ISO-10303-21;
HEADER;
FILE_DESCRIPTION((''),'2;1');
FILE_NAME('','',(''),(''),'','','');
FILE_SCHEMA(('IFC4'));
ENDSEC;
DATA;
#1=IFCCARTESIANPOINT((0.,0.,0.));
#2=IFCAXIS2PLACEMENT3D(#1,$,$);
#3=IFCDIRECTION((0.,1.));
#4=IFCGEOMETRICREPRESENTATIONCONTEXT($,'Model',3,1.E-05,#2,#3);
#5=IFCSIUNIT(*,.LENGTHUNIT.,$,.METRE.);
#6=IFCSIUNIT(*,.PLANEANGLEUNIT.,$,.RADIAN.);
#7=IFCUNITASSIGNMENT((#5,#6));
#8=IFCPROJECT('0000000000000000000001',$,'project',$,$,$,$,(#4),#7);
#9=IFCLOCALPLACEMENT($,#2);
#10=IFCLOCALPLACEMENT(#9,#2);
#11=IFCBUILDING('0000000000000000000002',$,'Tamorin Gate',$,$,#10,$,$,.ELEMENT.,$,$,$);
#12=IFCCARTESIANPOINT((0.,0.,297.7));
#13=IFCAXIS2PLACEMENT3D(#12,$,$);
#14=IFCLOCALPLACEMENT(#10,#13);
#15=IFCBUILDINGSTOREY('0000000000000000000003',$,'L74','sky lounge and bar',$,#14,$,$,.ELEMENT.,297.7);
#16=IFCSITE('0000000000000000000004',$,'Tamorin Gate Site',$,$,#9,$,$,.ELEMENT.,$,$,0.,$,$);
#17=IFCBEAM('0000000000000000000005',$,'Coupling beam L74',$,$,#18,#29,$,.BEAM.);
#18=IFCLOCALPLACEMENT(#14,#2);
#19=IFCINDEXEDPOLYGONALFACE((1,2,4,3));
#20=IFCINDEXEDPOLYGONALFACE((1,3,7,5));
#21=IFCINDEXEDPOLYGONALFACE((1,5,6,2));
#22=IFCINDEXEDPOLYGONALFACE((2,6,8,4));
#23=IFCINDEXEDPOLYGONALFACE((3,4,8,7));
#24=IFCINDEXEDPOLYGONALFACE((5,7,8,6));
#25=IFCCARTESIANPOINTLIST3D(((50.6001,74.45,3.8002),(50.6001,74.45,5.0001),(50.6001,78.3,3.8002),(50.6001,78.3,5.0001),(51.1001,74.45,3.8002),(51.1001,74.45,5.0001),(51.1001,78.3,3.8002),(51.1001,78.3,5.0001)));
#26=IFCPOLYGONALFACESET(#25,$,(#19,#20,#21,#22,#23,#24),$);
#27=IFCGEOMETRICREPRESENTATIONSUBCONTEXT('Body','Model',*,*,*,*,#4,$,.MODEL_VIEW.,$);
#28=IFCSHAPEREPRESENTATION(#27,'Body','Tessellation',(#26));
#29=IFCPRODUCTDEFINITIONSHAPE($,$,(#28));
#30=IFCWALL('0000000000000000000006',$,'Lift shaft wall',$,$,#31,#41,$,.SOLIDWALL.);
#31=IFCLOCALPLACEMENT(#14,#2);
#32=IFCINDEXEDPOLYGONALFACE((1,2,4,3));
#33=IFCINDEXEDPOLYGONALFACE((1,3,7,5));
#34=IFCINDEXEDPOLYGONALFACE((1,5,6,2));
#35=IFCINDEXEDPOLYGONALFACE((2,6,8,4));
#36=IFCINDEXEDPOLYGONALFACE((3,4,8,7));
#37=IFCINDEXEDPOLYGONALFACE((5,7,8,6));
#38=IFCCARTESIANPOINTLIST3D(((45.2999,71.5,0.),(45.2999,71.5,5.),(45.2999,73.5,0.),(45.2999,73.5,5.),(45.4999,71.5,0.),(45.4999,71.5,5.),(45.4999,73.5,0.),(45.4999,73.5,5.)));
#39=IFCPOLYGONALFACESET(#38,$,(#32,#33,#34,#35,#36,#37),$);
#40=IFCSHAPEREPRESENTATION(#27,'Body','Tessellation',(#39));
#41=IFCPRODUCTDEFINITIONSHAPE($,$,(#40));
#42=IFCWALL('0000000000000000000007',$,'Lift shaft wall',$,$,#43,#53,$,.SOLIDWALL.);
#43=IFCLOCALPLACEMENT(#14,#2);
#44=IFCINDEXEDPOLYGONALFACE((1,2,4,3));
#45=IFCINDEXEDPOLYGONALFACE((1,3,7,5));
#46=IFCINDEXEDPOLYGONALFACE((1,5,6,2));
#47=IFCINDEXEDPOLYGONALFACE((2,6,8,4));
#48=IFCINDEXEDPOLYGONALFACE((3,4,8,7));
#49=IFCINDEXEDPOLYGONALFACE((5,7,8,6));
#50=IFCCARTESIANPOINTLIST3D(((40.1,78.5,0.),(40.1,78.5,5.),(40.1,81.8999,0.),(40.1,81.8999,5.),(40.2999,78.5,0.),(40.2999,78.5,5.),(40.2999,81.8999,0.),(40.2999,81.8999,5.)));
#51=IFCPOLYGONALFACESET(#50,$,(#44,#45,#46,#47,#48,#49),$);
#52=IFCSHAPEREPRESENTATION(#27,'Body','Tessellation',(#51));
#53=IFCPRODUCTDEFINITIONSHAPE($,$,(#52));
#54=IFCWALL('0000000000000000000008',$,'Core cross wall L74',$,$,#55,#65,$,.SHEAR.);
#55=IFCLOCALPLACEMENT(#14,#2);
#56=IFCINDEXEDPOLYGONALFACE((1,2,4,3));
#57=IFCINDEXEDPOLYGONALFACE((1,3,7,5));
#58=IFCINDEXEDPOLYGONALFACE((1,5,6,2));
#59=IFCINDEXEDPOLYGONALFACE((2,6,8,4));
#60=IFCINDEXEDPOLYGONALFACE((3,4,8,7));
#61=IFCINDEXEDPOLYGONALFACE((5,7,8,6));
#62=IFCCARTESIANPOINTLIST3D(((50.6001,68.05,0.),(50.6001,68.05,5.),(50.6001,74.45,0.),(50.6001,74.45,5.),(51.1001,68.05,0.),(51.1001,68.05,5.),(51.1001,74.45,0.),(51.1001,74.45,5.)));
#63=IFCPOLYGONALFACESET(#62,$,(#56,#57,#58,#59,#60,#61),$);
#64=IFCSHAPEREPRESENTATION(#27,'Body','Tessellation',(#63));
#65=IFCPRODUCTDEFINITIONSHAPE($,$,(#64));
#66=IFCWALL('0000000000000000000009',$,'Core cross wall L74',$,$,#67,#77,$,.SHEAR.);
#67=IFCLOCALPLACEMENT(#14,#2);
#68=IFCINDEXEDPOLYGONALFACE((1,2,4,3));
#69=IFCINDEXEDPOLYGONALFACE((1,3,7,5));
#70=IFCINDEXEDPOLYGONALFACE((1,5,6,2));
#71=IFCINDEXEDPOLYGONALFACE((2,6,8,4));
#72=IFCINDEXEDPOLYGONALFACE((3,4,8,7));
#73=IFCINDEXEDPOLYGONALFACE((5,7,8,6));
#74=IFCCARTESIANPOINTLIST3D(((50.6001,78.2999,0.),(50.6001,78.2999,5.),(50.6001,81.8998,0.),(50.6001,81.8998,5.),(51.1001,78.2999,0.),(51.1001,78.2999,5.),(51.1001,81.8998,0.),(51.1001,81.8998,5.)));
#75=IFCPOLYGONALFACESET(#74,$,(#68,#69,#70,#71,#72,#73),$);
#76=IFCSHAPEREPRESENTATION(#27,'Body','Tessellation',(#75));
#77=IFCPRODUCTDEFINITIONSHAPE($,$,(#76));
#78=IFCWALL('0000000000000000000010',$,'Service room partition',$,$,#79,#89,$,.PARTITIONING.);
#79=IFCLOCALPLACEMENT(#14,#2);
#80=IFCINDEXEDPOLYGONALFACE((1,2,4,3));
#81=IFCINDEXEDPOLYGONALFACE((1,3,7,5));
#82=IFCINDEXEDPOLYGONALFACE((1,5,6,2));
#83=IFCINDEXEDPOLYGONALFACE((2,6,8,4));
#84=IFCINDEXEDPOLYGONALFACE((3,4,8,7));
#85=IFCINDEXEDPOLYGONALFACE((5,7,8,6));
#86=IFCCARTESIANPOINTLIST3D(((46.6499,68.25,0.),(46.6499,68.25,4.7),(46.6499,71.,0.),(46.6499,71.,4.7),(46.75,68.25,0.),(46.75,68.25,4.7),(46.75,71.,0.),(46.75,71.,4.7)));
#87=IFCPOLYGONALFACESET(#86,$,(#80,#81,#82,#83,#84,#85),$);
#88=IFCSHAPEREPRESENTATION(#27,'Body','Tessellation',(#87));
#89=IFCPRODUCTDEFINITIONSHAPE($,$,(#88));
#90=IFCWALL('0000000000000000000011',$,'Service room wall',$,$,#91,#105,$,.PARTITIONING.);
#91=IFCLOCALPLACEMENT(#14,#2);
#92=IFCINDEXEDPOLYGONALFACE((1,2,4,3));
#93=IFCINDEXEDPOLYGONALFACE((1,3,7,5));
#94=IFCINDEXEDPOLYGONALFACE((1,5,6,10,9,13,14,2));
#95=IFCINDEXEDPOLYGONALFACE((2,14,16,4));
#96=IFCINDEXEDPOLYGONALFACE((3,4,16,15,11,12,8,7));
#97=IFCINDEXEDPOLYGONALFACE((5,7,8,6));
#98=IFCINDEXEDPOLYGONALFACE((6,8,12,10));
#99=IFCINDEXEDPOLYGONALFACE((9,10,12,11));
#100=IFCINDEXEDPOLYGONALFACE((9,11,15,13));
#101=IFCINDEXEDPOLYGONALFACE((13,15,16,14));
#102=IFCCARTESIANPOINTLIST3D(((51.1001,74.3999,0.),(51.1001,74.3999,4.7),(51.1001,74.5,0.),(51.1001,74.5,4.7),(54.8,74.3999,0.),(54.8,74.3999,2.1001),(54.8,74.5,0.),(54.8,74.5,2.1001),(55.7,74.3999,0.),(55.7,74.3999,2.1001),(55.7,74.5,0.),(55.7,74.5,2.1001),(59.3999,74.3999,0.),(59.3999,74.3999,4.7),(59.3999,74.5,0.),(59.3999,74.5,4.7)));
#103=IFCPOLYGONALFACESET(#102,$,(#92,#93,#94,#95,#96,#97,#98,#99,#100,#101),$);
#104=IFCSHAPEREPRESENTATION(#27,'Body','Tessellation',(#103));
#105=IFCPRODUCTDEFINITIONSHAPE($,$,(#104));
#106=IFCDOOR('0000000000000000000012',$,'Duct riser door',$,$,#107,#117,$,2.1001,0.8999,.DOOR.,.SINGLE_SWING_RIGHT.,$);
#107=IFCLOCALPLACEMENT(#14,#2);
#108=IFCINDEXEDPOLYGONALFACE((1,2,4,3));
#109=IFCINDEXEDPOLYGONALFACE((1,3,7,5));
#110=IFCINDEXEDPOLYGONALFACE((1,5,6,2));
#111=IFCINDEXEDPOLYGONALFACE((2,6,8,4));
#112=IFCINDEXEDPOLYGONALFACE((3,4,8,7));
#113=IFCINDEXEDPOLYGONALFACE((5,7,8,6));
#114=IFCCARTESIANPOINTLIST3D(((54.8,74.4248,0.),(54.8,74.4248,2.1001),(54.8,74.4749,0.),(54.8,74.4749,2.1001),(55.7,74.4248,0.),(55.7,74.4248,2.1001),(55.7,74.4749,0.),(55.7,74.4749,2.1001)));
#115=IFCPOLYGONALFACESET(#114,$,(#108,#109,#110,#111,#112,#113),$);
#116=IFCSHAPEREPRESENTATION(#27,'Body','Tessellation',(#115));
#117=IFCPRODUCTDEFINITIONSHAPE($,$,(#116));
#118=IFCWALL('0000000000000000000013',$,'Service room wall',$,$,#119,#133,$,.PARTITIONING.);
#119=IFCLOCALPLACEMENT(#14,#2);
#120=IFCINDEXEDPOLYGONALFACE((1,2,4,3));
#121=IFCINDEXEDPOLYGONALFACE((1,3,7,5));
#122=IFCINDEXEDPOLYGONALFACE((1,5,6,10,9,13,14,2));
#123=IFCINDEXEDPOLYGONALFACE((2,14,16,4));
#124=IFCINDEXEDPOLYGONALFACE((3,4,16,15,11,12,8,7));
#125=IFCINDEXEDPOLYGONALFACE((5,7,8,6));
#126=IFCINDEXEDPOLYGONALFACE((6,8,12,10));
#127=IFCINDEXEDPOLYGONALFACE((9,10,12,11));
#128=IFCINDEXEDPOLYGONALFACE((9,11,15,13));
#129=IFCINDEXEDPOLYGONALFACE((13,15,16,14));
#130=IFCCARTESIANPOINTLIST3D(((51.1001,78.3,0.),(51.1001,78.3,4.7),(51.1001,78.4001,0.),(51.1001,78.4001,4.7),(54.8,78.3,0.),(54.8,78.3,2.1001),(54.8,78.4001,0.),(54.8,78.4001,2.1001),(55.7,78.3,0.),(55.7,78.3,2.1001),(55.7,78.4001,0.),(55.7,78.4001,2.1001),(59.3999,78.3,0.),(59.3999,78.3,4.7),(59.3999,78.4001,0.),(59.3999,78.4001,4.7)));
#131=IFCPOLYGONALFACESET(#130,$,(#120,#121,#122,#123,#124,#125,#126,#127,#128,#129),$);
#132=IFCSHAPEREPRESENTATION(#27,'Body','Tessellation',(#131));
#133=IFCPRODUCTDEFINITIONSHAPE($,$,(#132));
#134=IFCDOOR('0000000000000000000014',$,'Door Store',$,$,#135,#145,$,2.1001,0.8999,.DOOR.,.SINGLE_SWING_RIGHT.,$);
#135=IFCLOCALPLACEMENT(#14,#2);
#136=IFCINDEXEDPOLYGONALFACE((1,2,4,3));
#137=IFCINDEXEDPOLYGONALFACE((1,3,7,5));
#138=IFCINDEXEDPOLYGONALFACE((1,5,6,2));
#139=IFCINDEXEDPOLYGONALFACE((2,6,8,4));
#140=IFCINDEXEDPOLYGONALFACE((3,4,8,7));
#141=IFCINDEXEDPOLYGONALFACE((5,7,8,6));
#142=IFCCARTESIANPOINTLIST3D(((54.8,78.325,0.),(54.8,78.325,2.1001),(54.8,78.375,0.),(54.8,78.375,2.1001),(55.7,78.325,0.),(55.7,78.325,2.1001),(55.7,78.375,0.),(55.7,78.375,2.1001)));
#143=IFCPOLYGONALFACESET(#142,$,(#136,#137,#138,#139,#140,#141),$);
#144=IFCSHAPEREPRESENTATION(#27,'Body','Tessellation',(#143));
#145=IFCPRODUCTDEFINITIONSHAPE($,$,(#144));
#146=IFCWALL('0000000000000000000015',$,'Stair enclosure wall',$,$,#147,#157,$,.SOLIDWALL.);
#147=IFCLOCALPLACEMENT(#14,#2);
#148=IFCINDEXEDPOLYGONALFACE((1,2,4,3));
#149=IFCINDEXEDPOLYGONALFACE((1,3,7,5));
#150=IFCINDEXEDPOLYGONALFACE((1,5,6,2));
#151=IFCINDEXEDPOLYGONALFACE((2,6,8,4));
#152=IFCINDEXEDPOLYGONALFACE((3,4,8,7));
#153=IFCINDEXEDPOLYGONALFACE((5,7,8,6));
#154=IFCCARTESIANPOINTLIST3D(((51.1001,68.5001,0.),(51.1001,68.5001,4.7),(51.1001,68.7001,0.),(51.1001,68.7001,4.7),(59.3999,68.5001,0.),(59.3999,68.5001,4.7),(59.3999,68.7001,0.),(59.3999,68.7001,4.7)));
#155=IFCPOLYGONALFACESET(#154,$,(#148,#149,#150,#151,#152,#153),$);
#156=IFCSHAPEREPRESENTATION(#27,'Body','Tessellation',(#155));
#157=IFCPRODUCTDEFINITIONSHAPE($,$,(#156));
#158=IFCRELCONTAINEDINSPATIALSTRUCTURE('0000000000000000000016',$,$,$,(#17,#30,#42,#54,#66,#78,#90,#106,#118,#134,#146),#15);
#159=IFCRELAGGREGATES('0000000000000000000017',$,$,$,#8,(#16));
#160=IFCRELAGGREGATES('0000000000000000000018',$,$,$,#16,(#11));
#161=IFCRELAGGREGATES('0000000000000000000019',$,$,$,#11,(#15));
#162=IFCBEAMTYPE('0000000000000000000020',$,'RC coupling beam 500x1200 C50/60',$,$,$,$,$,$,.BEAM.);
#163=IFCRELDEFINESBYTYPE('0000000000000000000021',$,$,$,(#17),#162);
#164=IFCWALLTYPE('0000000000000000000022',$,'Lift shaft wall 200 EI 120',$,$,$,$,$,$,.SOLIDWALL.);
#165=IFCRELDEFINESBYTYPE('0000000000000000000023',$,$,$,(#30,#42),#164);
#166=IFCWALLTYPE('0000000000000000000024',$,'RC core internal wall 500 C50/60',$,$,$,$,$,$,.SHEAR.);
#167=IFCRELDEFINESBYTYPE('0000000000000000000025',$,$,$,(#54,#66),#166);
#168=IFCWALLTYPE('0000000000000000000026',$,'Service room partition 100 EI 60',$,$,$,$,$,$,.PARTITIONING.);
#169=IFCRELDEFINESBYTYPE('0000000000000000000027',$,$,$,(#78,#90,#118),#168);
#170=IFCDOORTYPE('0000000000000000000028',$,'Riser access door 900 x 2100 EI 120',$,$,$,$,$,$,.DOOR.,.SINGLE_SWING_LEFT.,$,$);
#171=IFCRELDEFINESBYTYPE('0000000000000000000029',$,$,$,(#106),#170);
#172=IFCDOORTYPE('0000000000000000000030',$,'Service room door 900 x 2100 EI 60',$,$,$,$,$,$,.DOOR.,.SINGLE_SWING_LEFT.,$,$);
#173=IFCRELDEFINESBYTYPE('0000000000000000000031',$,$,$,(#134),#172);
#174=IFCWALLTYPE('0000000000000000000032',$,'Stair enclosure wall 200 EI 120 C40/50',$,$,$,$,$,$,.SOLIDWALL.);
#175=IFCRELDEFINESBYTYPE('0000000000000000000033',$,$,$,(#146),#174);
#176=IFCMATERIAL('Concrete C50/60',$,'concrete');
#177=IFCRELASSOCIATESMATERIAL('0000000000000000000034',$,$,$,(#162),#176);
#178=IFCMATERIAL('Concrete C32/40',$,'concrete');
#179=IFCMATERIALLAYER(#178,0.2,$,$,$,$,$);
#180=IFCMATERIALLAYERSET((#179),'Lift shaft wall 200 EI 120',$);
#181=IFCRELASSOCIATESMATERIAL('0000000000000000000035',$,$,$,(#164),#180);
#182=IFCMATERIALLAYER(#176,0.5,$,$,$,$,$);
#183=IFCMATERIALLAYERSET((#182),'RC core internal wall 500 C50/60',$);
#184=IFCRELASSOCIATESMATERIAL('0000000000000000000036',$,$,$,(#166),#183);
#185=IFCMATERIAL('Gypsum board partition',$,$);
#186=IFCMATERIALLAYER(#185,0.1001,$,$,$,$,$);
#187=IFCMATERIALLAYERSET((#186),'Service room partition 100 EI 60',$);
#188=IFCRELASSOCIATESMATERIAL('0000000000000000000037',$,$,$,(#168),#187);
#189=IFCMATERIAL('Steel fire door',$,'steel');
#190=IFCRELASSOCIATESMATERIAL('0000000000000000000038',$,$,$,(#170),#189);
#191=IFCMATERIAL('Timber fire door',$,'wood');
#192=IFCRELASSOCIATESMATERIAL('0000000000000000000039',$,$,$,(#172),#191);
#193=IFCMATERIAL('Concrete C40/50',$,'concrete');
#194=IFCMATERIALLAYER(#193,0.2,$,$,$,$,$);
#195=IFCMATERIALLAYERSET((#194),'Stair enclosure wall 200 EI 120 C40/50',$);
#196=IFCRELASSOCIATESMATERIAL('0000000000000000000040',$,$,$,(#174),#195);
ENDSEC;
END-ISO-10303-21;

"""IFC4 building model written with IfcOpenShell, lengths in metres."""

from ifc_helpers import new_model, si_unit, direction, frame, frame_2d, origin, origin_2d, place, context, subcontext, project, spatial, rectangle, extrude, material, layer, layer_set, material_profile, profile_set, type_object, element, fill, save


model = new_model("IFC4")

# Units and contexts
model_context = context("Model", 3, precision=1e-05, world=origin(), true_north=direction((0.0, 1.0)))
body_context = subcontext(model_context, "Body", "Model", "MODEL_VIEW")
ifc_project = project(units=[si_unit("LENGTHUNIT", "METRE"), si_unit("PLANEANGLEUNIT", "RADIAN")], contexts=[model_context])

# Site, building, storey
site_placement = place(None, origin())
site = spatial("IfcSite", under=ifc_project, at=site_placement, Name="Tamorin Gate Site", CompositionType="ELEMENT", RefElevation=0.0)
building_placement = place(site_placement, origin())
building = spatial("IfcBuilding", under=site, at=building_placement, Name="Tamorin Gate", CompositionType="ELEMENT")
storey_placement = place(building_placement, frame((0.0, 0.0, 297.7)))
storey = spatial("IfcBuildingStorey", under=building, at=storey_placement, Name="L74", Description="sky lounge and bar", CompositionType="ELEMENT", Elevation=297.7)

# Beam
ifc_material_1 = material(Name="Concrete C50/60", Category="concrete")
ifc_material_profile = material_profile(ifc_material_1, rectangle(XDim=0.5, YDim=1.2, at=origin_2d()), Name="RC 500x1200")
ifc_profile_set = profile_set([ifc_material_profile], Name="Concrete C50/60")
beam_type = type_object("IfcBeamType", Name="RC coupling beam 500x1200 C50/60", PredefinedType="BEAM", material=ifc_profile_set)
beam_placement = place(storey_placement, frame((50.8501, 74.45, 4.4001), z_axis=(0.0, 1.0, 0.0), x_axis=(-1.0, 0.0, 0.0)))
element("IfcBeam", 1, at=beam_placement, inside=storey, type_object=beam_type, Name="Coupling beam L74", PredefinedType="BEAM", context=body_context, shape_type="SweptSolid", body=[
    extrude(rectangle(XDim=0.5, YDim=1.2, at=origin_2d()), origin(), (0.0, 0.0, 1.0), 3.8501),
])

# Walls
ifc_material_2 = material(Name="Concrete C32/40", Category="concrete")
ifc_layer_1 = layer(ifc_material_2, 0.2)
ifc_layer_set_1 = layer_set([ifc_layer_1], Name="Lift shaft wall 200 EI 120")
wall_type_1 = type_object("IfcWallType", Name="Lift shaft wall 200 EI 120", PredefinedType="SOLIDWALL", material=ifc_layer_set_1)
wall_1_placement = place(storey_placement, frame((45.3999, 71.5, 0.0), z_axis=(0.0, 0.0, 1.0), x_axis=(0.0, 1.0, 0.0)))
element("IfcWall", 2, at=wall_1_placement, inside=storey, type_object=wall_type_1, Name="Lift shaft wall", PredefinedType="SOLIDWALL", context=body_context, shape_type="SweptSolid", body=[
    extrude(rectangle(XDim=2.0, YDim=0.2, at=frame_2d((1.0, 0.0))), origin(), (0.0, 0.0, 1.0), 5.0),
])
wall_2_placement = place(storey_placement, frame((40.2, 78.5, 0.0), z_axis=(0.0, 0.0, 1.0), x_axis=(0.0, 1.0, 0.0)))
element("IfcWall", 3, at=wall_2_placement, inside=storey, type_object=wall_type_1, Name="Lift shaft wall", PredefinedType="SOLIDWALL", context=body_context, shape_type="SweptSolid", body=[
    extrude(rectangle(XDim=3.3999, YDim=0.2, at=frame_2d((1.7, 0.0))), origin(), (0.0, 0.0, 1.0), 5.0),
])
ifc_layer_2 = layer(ifc_material_1, 0.5)
ifc_layer_set_2 = layer_set([ifc_layer_2], Name="RC core internal wall 500 C50/60")
wall_type_2 = type_object("IfcWallType", Name="RC core internal wall 500 C50/60", PredefinedType="SHEAR", material=ifc_layer_set_2)
wall_3_placement = place(storey_placement, frame((50.8501, 68.05, 0.0), z_axis=(0.0, 0.0, 1.0), x_axis=(0.0, 1.0, 0.0)))
element("IfcWall", 4, at=wall_3_placement, inside=storey, type_object=wall_type_2, Name="Core cross wall L74", PredefinedType="SHEAR", context=body_context, shape_type="SweptSolid", body=[
    extrude(rectangle(XDim=6.3999, YDim=0.5, at=frame_2d((3.2, 0.0))), origin(), (0.0, 0.0, 1.0), 5.0),
])
wall_4_placement = place(storey_placement, frame((50.8501, 78.3, 0.0), z_axis=(0.0, 0.0, 1.0), x_axis=(0.0, 1.0, 0.0)))
element("IfcWall", 5, at=wall_4_placement, inside=storey, type_object=wall_type_2, Name="Core cross wall L74", PredefinedType="SHEAR", context=body_context, shape_type="SweptSolid", body=[
    extrude(rectangle(XDim=3.5999, YDim=0.5, at=frame_2d((1.7998, 0.0))), origin(), (0.0, 0.0, 1.0), 5.0),
])
ifc_material_3 = material(Name="Gypsum board partition")
ifc_layer_3 = layer(ifc_material_3, 0.1001)
ifc_layer_set_3 = layer_set([ifc_layer_3], Name="Service room partition 100 EI 60")
wall_type_3 = type_object("IfcWallType", Name="Service room partition 100 EI 60", PredefinedType="PARTITIONING", material=ifc_layer_set_3)
wall_5_placement = place(storey_placement, frame((46.7, 68.25, 0.0), z_axis=(0.0, 0.0, 1.0), x_axis=(0.0, 1.0, 0.0)))
element("IfcWall", 6, at=wall_5_placement, inside=storey, type_object=wall_type_3, Name="Service room partition", PredefinedType="PARTITIONING", context=body_context, shape_type="SweptSolid", body=[
    extrude(rectangle(XDim=2.75, YDim=0.1001, at=frame_2d((1.375, 0.0))), origin(), (0.0, 0.0, 1.0), 4.7),
])

# Walls, openings, doors
wall_6_placement = place(storey_placement, frame((51.1001, 74.45, 0.0), z_axis=(0.0, 0.0, 1.0), x_axis=(1.0, 0.0, 0.0)))
wall_6 = element("IfcWall", 7, at=wall_6_placement, inside=storey, type_object=wall_type_3, Name="Service room wall", PredefinedType="PARTITIONING", context=body_context, shape_type="SweptSolid", body=[
    extrude(rectangle(XDim=8.2998, YDim=0.1001, at=frame_2d((4.1499, 0.0))), origin(), (0.0, 0.0, 1.0), 4.7),
])
opening_1_placement = place(wall_6_placement, frame((3.7, 0.0, 0.0)))
opening_1 = element("IfcOpeningElement", 8, at=opening_1_placement, cuts=wall_6, PredefinedType="OPENING", context=body_context, shape_type="SweptSolid", body=[
    extrude(rectangle(XDim=0.8999, YDim=2.1001, at=frame_2d((0.45, 1.05))), frame((0.0, 0.0601, 0.0), z_axis=(0.0, -1.0, 0.0), x_axis=(1.0, 0.0, 0.0)), (0.0, 0.0, 1.0), 0.1201),
])
ifc_material_4 = material(Name="Steel fire door", Category="steel")
door_type_1 = type_object("IfcDoorType", Name="Riser access door 900 x 2100 EI 120", OperationType="SINGLE_SWING_LEFT", PredefinedType="DOOR", material=ifc_material_4)
door_1_placement = place(opening_1_placement, origin())
door_1 = element("IfcDoor", 9, at=door_1_placement, inside=storey, type_object=door_type_1, Name="Duct riser door", OperationType="SINGLE_SWING_RIGHT", OverallHeight=2.1001, OverallWidth=0.8999, PredefinedType="DOOR", context=body_context, shape_type="SweptSolid", body=[
    extrude(rectangle(XDim=0.8999, YDim=2.1001, at=frame_2d((0.45, 1.05))), frame((0.0, 0.0249, 0.0), z_axis=(0.0, -1.0, 0.0), x_axis=(1.0, 0.0, 0.0)), (0.0, 0.0, 1.0), 0.05),
])
fill(opening_1, door_1)
wall_7_placement = place(storey_placement, frame((51.1001, 78.3501, 0.0), z_axis=(0.0, 0.0, 1.0), x_axis=(1.0, 0.0, 0.0)))
wall_7 = element("IfcWall", 10, at=wall_7_placement, inside=storey, type_object=wall_type_3, Name="Service room wall", PredefinedType="PARTITIONING", context=body_context, shape_type="SweptSolid", body=[
    extrude(rectangle(XDim=8.2998, YDim=0.1001, at=frame_2d((4.1499, 0.0))), origin(), (0.0, 0.0, 1.0), 4.7),
])
opening_2_placement = place(wall_7_placement, frame((3.7, 0.0, 0.0)))
opening_2 = element("IfcOpeningElement", 11, at=opening_2_placement, cuts=wall_7, PredefinedType="OPENING", context=body_context, shape_type="SweptSolid", body=[
    extrude(rectangle(XDim=0.8999, YDim=2.1001, at=frame_2d((0.45, 1.05))), frame((0.0, 0.0601, 0.0), z_axis=(0.0, -1.0, 0.0), x_axis=(1.0, 0.0, 0.0)), (0.0, 0.0, 1.0), 0.1201),
])
ifc_material_5 = material(Name="Timber fire door", Category="wood")
door_type_2 = type_object("IfcDoorType", Name="Service room door 900 x 2100 EI 60", OperationType="SINGLE_SWING_LEFT", PredefinedType="DOOR", material=ifc_material_5)
door_2_placement = place(opening_2_placement, origin())
door_2 = element("IfcDoor", 12, at=door_2_placement, inside=storey, type_object=door_type_2, Name="Door Store", OperationType="SINGLE_SWING_RIGHT", OverallHeight=2.1001, OverallWidth=0.8999, PredefinedType="DOOR", context=body_context, shape_type="SweptSolid", body=[
    extrude(rectangle(XDim=0.8999, YDim=2.1001, at=frame_2d((0.45, 1.05))), frame((0.0, 0.0249, 0.0), z_axis=(0.0, -1.0, 0.0), x_axis=(1.0, 0.0, 0.0)), (0.0, 0.0, 1.0), 0.05),
])
fill(opening_2, door_2)

# Wall
ifc_material_6 = material(Name="Concrete C40/50", Category="concrete")
ifc_layer_4 = layer(ifc_material_6, 0.2)
ifc_layer_set_4 = layer_set([ifc_layer_4], Name="Stair enclosure wall 200 EI 120 C40/50")
wall_type_4 = type_object("IfcWallType", Name="Stair enclosure wall 200 EI 120 C40/50", PredefinedType="SOLIDWALL", material=ifc_layer_set_4)
wall_8_placement = place(storey_placement, frame((51.1001, 68.6001, 0.0), z_axis=(0.0, 0.0, 1.0), x_axis=(1.0, 0.0, 0.0)))
element("IfcWall", 13, at=wall_8_placement, inside=storey, type_object=wall_type_4, Name="Stair enclosure wall", PredefinedType="SOLIDWALL", context=body_context, shape_type="SweptSolid", body=[
    extrude(rectangle(XDim=8.2998, YDim=0.2, at=frame_2d((4.1499, 0.0))), origin(), (0.0, 0.0, 1.0), 4.7),
])

save(model, "model.ifc")
